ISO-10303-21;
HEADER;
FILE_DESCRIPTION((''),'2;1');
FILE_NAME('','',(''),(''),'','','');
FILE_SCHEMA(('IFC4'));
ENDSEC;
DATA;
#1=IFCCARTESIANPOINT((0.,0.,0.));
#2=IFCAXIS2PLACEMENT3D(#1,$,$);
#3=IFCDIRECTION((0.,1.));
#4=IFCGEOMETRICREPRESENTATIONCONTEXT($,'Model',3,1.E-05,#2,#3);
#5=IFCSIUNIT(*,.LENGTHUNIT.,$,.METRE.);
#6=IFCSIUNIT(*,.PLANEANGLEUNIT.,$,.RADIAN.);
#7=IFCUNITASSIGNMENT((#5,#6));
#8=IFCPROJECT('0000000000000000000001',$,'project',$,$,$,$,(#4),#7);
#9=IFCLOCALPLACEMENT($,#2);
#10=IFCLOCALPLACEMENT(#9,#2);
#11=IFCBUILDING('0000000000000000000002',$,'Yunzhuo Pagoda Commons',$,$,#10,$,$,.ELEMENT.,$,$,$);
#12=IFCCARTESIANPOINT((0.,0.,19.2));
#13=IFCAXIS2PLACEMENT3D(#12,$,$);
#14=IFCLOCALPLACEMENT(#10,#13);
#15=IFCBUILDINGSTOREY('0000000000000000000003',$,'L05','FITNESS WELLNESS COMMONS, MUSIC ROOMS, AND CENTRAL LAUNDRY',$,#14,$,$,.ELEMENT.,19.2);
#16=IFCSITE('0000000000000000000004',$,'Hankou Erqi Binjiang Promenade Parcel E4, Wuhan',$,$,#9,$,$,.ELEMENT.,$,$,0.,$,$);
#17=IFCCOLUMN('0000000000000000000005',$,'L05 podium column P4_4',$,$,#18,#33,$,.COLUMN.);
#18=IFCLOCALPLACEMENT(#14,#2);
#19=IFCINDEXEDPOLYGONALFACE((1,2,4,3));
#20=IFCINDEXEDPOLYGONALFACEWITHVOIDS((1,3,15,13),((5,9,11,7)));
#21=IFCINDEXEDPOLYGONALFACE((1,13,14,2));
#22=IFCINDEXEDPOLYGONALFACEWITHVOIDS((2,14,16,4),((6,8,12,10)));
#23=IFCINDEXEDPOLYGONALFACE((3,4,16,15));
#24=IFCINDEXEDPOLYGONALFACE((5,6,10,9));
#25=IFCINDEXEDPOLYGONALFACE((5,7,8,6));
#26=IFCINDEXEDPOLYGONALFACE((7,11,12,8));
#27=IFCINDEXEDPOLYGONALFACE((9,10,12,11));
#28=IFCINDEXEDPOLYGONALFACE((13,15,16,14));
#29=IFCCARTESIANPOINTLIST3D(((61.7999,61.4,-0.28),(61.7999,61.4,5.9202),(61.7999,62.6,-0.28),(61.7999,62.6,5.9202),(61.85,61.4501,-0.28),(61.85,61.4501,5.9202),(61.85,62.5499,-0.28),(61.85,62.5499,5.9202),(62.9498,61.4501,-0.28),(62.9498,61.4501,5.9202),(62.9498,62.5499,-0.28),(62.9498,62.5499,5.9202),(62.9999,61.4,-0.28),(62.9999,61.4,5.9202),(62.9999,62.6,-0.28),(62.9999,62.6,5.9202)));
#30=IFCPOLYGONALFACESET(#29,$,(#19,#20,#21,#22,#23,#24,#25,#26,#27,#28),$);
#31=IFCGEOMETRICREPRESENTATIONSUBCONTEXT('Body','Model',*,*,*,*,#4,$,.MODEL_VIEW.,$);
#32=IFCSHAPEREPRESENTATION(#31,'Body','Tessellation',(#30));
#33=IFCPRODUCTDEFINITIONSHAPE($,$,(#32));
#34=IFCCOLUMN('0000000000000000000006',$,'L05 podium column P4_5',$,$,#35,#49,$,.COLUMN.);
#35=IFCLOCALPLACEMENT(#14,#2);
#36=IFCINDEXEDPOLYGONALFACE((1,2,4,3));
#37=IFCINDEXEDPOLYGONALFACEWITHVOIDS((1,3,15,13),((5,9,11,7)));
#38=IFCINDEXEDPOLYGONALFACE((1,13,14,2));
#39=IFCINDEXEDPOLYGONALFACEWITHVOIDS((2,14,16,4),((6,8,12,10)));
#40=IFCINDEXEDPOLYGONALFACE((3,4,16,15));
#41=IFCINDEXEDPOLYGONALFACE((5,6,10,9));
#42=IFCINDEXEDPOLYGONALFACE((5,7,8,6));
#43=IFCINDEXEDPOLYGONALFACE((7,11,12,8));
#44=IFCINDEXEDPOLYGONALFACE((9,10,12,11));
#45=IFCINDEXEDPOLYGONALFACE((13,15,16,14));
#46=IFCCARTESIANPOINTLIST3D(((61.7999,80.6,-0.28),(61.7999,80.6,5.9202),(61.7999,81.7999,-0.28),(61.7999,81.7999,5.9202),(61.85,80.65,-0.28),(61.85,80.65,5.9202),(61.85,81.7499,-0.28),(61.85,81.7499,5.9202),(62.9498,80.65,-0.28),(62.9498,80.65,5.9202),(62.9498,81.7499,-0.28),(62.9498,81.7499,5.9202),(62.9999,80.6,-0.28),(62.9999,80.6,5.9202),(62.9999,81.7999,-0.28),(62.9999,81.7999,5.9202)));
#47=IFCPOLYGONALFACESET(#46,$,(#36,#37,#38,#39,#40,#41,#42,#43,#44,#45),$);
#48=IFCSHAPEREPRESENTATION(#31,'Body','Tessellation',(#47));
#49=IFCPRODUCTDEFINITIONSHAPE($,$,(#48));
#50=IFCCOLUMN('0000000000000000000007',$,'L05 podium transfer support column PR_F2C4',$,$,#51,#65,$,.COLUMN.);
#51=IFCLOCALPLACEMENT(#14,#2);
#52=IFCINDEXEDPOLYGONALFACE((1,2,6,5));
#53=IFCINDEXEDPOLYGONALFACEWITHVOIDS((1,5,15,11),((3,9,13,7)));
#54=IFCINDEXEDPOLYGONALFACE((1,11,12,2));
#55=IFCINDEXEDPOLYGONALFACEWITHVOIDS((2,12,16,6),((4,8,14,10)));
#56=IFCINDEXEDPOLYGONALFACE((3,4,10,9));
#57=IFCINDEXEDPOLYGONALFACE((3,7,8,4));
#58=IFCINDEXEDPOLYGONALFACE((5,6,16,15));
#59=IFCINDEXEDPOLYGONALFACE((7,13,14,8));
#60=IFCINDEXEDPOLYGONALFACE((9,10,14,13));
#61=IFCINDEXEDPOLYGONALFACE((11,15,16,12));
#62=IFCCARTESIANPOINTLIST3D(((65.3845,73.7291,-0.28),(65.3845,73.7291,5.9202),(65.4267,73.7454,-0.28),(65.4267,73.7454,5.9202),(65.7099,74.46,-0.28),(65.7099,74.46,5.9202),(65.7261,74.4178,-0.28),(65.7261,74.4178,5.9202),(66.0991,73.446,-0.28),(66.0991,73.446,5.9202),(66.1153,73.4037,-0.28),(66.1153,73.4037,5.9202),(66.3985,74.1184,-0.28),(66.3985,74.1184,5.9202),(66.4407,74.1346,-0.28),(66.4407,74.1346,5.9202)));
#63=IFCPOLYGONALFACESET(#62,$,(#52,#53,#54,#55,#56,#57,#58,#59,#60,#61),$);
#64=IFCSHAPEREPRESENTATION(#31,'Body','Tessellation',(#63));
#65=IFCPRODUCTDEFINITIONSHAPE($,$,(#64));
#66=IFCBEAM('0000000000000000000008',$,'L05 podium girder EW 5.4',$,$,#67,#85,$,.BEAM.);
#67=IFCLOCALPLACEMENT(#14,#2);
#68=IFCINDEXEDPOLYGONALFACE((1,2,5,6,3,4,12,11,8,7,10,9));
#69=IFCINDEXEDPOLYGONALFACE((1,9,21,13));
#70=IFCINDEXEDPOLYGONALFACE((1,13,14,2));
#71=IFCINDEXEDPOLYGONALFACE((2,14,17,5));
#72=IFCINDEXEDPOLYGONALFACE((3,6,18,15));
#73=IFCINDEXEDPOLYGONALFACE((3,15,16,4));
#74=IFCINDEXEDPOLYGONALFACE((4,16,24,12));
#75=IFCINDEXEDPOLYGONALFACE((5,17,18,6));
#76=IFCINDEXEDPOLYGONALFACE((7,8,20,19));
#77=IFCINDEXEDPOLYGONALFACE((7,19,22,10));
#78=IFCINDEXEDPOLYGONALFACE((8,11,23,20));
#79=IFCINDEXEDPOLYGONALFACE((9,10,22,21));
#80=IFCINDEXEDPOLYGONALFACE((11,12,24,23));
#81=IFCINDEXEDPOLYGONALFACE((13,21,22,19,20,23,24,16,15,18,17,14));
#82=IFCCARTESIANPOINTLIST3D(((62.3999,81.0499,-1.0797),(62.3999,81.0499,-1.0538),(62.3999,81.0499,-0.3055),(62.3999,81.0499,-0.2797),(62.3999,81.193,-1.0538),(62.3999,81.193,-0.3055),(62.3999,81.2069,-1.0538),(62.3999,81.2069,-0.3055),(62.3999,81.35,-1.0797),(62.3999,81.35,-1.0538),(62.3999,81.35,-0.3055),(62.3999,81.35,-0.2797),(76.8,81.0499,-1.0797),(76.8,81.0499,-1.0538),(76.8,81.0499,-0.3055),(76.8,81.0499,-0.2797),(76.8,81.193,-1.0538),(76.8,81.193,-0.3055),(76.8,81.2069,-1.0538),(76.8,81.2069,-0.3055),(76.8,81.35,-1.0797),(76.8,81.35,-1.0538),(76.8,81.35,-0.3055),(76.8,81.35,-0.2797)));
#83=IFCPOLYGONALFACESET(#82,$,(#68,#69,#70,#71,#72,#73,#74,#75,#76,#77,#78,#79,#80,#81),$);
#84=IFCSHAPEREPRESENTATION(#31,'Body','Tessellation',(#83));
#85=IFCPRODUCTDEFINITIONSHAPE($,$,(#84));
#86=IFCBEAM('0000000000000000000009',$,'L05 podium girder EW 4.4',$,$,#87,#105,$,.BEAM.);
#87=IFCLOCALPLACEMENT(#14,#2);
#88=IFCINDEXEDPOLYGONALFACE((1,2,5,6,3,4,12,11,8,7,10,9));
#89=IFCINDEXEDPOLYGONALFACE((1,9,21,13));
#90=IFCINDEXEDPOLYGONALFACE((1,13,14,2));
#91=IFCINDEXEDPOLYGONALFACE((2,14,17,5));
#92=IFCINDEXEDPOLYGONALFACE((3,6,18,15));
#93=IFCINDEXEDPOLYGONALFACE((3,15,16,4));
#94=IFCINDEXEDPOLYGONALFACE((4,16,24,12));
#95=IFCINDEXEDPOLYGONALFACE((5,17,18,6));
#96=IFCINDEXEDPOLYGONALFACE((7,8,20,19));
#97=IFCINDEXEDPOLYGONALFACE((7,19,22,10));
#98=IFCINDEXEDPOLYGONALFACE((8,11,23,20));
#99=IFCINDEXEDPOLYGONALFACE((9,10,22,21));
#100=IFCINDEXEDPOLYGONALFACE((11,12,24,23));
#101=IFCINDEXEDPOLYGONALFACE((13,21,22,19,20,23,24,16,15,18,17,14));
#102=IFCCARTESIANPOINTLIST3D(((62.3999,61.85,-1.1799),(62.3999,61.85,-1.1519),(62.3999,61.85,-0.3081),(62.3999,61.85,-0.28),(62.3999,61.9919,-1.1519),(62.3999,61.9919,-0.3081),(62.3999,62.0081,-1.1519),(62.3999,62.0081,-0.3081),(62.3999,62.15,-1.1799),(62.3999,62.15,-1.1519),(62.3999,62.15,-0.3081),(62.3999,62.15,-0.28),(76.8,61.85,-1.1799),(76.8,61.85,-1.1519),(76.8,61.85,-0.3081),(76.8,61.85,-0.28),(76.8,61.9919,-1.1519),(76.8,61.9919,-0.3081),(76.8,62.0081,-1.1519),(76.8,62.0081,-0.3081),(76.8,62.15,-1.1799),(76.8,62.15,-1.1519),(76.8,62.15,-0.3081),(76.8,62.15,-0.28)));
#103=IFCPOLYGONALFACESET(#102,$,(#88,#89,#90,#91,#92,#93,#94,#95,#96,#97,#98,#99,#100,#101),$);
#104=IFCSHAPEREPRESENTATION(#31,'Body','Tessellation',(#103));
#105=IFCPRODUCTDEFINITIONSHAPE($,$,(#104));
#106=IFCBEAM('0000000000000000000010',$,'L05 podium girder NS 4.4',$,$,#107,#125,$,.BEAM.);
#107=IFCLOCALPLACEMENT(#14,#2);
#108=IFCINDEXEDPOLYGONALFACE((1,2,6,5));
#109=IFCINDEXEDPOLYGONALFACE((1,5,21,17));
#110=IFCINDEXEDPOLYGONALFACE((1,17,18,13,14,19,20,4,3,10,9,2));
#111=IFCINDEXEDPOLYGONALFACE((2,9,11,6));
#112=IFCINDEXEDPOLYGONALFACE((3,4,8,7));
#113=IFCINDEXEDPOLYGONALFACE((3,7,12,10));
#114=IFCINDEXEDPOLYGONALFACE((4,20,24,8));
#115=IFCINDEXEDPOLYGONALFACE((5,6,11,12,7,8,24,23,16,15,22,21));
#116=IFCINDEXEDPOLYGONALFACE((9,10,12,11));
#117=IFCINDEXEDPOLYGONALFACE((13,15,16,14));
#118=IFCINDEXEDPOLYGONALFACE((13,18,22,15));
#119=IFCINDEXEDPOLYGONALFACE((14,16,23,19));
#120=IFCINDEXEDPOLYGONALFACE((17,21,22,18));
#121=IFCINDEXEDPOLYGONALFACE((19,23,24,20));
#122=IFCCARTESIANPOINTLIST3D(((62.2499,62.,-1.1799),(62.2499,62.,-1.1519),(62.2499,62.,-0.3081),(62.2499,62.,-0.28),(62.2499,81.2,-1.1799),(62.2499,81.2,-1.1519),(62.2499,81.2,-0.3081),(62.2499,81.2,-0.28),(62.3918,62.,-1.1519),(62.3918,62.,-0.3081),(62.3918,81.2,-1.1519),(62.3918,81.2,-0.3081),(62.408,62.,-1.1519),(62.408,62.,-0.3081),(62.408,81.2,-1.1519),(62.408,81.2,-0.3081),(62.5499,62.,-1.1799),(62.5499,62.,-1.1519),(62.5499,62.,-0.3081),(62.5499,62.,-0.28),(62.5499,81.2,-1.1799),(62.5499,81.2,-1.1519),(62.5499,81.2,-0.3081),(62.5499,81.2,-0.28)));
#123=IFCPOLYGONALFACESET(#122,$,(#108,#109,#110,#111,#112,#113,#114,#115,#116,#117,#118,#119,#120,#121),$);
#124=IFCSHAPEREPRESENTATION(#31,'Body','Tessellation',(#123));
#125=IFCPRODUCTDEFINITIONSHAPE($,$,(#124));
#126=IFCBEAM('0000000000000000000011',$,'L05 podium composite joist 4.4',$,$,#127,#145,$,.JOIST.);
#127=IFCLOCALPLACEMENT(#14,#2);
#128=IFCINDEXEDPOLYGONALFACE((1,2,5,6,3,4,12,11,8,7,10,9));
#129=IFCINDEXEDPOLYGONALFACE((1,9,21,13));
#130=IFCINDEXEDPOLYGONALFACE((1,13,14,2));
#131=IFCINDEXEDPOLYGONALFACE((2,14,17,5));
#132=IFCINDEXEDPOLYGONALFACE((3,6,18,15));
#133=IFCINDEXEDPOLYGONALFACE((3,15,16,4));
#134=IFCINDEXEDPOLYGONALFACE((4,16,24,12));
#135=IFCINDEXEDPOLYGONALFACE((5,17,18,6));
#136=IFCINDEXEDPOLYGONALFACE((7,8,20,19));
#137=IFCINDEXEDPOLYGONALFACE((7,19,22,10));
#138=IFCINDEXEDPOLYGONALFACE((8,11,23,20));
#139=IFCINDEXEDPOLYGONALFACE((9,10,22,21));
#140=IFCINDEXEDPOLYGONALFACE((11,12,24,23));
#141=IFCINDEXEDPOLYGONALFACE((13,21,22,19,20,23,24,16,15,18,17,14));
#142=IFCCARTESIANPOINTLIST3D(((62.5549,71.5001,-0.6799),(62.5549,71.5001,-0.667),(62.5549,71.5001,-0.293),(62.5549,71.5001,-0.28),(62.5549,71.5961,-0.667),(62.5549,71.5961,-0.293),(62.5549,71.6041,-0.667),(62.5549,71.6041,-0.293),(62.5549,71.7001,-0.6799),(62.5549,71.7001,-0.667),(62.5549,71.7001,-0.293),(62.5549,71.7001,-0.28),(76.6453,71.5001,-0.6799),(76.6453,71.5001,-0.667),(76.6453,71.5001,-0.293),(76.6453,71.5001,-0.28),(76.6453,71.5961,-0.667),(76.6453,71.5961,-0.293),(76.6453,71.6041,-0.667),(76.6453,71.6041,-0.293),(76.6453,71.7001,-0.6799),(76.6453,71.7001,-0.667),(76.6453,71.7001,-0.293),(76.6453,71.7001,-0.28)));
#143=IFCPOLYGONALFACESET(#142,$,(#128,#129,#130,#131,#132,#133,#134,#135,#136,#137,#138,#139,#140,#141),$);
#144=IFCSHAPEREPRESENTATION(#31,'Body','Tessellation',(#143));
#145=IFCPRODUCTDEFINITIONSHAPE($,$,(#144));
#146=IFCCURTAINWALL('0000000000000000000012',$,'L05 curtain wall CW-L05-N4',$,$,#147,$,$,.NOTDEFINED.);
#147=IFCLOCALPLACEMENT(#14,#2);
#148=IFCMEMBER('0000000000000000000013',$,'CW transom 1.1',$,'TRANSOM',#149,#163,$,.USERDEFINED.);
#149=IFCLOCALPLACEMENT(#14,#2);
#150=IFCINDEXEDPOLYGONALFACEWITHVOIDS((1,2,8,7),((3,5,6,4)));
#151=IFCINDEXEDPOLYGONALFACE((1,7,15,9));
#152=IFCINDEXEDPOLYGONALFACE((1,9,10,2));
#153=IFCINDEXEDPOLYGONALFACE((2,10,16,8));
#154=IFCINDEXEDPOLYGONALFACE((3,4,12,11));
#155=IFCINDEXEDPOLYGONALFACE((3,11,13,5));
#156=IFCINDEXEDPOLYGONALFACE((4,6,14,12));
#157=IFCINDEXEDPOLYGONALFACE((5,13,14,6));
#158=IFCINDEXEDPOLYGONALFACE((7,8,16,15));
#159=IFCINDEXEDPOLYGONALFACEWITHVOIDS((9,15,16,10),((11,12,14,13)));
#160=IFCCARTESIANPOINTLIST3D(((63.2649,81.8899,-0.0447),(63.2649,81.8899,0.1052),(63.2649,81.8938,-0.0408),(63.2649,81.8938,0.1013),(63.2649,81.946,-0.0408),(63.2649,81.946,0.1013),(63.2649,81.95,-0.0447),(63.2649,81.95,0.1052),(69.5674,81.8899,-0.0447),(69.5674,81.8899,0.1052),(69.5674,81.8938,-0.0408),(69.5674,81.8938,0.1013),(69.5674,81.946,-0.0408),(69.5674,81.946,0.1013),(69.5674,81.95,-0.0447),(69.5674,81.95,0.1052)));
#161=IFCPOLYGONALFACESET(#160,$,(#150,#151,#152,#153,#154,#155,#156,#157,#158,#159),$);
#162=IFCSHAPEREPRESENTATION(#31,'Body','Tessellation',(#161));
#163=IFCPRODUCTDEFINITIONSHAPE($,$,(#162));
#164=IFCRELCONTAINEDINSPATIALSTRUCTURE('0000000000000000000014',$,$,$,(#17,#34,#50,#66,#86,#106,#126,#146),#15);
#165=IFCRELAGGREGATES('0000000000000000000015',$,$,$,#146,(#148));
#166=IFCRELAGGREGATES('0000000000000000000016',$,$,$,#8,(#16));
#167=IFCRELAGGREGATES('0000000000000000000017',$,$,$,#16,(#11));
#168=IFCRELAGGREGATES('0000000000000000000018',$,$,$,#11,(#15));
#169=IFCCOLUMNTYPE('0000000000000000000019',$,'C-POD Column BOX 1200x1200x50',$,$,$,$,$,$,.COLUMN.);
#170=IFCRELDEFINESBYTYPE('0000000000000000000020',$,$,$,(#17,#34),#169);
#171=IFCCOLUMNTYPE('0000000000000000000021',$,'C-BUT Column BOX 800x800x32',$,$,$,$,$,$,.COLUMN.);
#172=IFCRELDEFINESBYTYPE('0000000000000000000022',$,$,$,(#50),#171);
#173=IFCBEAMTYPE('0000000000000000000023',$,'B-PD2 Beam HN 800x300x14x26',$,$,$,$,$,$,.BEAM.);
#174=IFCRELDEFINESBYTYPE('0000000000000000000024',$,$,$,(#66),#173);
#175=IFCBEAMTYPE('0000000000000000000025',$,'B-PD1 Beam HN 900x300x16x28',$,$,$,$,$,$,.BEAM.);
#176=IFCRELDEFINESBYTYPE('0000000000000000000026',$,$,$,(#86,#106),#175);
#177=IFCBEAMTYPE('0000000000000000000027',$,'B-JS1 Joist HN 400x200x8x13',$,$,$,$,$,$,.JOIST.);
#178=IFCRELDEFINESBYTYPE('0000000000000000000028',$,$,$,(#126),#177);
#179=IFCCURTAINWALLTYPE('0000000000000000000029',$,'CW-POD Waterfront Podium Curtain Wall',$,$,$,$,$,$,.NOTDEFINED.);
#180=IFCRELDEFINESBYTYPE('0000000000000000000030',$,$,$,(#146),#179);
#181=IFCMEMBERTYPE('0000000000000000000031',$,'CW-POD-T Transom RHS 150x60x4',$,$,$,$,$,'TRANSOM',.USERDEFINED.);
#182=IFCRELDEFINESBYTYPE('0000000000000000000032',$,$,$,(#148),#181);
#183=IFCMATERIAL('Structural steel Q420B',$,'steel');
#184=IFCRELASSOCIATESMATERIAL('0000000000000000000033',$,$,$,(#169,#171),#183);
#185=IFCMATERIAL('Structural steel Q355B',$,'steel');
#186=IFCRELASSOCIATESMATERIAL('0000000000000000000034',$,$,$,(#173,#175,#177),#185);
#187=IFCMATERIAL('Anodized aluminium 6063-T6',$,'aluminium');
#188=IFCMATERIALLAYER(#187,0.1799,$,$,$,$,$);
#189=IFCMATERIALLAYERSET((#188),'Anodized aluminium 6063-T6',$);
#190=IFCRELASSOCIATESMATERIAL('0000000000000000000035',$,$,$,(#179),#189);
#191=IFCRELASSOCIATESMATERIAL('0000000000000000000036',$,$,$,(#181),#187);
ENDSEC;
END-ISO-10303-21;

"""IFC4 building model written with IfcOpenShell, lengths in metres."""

from ifc_helpers import new_model, si_unit, direction, frame, origin, origin_2d, place, context, subcontext, project, spatial, hollow_rectangle, i_section, extrude, source, transform, mapped, material, layer, layer_set, material_profile, profile_set, type_object, element, aggregate, save


model = new_model("IFC4")

# Units and contexts
model_context = context("Model", 3, precision=1e-05, world=origin(), true_north=direction((0.0, 1.0)))
body_context = subcontext(model_context, "Body", "Model", "MODEL_VIEW")
ifc_project = project(units=[si_unit("LENGTHUNIT", "METRE"), si_unit("PLANEANGLEUNIT", "RADIAN")], contexts=[model_context])

# Site, building, storey
site_placement = place(None, origin())
site = spatial("IfcSite", under=ifc_project, at=site_placement, Name="Hankou Erqi Binjiang Promenade Parcel E4, Wuhan", CompositionType="ELEMENT", RefElevation=0.0)
building_placement = place(site_placement, origin())
building = spatial("IfcBuilding", under=site, at=building_placement, Name="Yunzhuo Pagoda Commons", CompositionType="ELEMENT")
storey_placement = place(building_placement, frame((0.0, 0.0, 19.2)))
storey = spatial("IfcBuildingStorey", under=building, at=storey_placement, Name="L05", Description="FITNESS WELLNESS COMMONS, MUSIC ROOMS, AND CENTRAL LAUNDRY", CompositionType="ELEMENT", Elevation=19.2)

# Columns
ifc_material_1 = material(Name="Structural steel Q420B", Category="steel")
ifc_material_profile_1 = material_profile(ifc_material_1, hollow_rectangle(XDim=1.2, YDim=1.2, WallThickness=0.05, at=origin_2d()), Name="Structural steel Q420B")
ifc_profile_set_1 = profile_set([ifc_material_profile_1], Name="Structural steel Q420B")
column_type_1 = type_object("IfcColumnType", Name="C-POD Column BOX 1200x1200x50", PredefinedType="COLUMN", material=ifc_profile_set_1)
shared_shape_1 = source(origin(), body_context, "Body", "SweptSolid", [
    extrude(hollow_rectangle(XDim=1.2, YDim=1.2, WallThickness=0.05, at=origin_2d()), origin(), (0.0, 0.0, 1.0), 6.2002),
])
for number, where, z_axis, x_axis, name in (
    (1, (62.3999, 62.0, -0.28), (0.0, 0.0, 1.0), (1.0, 0.0, 0.0), "L05 podium column P4_4"),
    (2, (62.3999, 81.2, -0.28), (0.0, 0.0, 1.0), (1.0, 0.0, 0.0), "L05 podium column P4_5"),
):
    element("IfcColumn", number, at=place(storey_placement, frame(where, z_axis=z_axis, x_axis=x_axis)), inside=storey, type_object=column_type_1, Name=name, PredefinedType="COLUMN", context=body_context, shape_type="MappedRepresentation", body=[
        mapped(shared_shape_1, transform((0.0, 0.0, 0.0), scale=1.0)),
    ])
ifc_material_profile_2 = material_profile(ifc_material_1, hollow_rectangle(XDim=0.8, YDim=0.8, WallThickness=0.032, at=origin_2d()), Name="Structural steel Q420B")
ifc_profile_set_2 = profile_set([ifc_material_profile_2], Name="Structural steel Q420B")
column_type_2 = type_object("IfcColumnType", Name="C-BUT Column BOX 800x800x32", PredefinedType="COLUMN", material=ifc_profile_set_2)
shared_shape_2 = source(origin(), body_context, "Body", "SweptSolid", [
    extrude(hollow_rectangle(XDim=0.8, YDim=0.8, WallThickness=0.032, at=origin_2d()), origin(), (0.0, 0.0, 1.0), 6.2002),
])
column_placement = place(storey_placement, frame((65.9126, 73.9319, -0.28), z_axis=(0.0, 0.0, 1.0), x_axis=(-0.913545, 0.406737, 0.0)))
element("IfcColumn", 3, at=column_placement, inside=storey, type_object=column_type_2, Name="L05 podium transfer support column PR_F2C4", PredefinedType="COLUMN", context=body_context, shape_type="MappedRepresentation", body=[
    mapped(shared_shape_2, transform((0.0, 0.0, 0.0), scale=1.0)),
])

# Beams
ifc_material_2 = material(Name="Structural steel Q355B", Category="steel")
ifc_material_profile_3 = material_profile(ifc_material_2, i_section(OverallWidth=0.3, OverallDepth=0.8, WebThickness=0.0139, FlangeThickness=0.0259, at=origin_2d()), Name="Structural steel Q355B")
ifc_profile_set_3 = profile_set([ifc_material_profile_3], Name="Structural steel Q355B")
beam_type_1 = type_object("IfcBeamType", Name="B-PD2 Beam HN 800x300x14x26", PredefinedType="BEAM", material=ifc_profile_set_3)
shared_shape_3 = source(origin(), body_context, "Body", "SweptSolid", [
    extrude(i_section(OverallWidth=0.3, OverallDepth=0.8, WebThickness=0.0139, FlangeThickness=0.0259, at=origin_2d()), origin(), (0.0, 0.0, 1.0), 14.4001),
])
beam_1_placement = place(storey_placement, frame((62.3999, 81.2, -0.6797), z_axis=(1.0, 0.0, 0.0), x_axis=(0.0, 1.0, 0.0)))
element("IfcBeam", 4, at=beam_1_placement, inside=storey, type_object=beam_type_1, Name="L05 podium girder EW 5.4", PredefinedType="BEAM", context=body_context, shape_type="MappedRepresentation", body=[
    mapped(shared_shape_3, transform((0.0, 0.0, 0.0), scale=1.0)),
])
ifc_material_profile_4 = material_profile(ifc_material_2, i_section(OverallWidth=0.3, OverallDepth=0.8999, WebThickness=0.0161, FlangeThickness=0.0281, at=origin_2d()), Name="Structural steel Q355B")
ifc_profile_set_4 = profile_set([ifc_material_profile_4], Name="Structural steel Q355B")
beam_type_2 = type_object("IfcBeamType", Name="B-PD1 Beam HN 900x300x16x28", PredefinedType="BEAM", material=ifc_profile_set_4)
shared_shape_4 = source(origin(), body_context, "Body", "SweptSolid", [
    extrude(i_section(OverallWidth=0.3, OverallDepth=0.8999, WebThickness=0.0161, FlangeThickness=0.0281, at=origin_2d()), origin(), (0.0, 0.0, 1.0), 14.4001),
])
beam_2_placement = place(storey_placement, frame((62.3999, 62.0, -0.73), z_axis=(1.0, 0.0, 0.0), x_axis=(0.0, 1.0, 0.0)))
element("IfcBeam", 5, at=beam_2_placement, inside=storey, type_object=beam_type_2, Name="L05 podium girder EW 4.4", PredefinedType="BEAM", context=body_context, shape_type="MappedRepresentation", body=[
    mapped(shared_shape_4, transform((0.0, 0.0, 0.0), scale=1.0)),
])
shared_shape_5 = source(origin(), body_context, "Body", "SweptSolid", [
    extrude(i_section(OverallWidth=0.3, OverallDepth=0.8999, WebThickness=0.0161, FlangeThickness=0.0281, at=origin_2d()), origin(), (0.0, 0.0, 1.0), 19.2),
])
beam_3_placement = place(storey_placement, frame((62.3999, 62.0, -0.73), z_axis=(0.0, 1.0, 0.0), x_axis=(-1.0, 0.0, 0.0)))
element("IfcBeam", 6, at=beam_3_placement, inside=storey, type_object=beam_type_2, Name="L05 podium girder NS 4.4", PredefinedType="BEAM", context=body_context, shape_type="MappedRepresentation", body=[
    mapped(shared_shape_5, transform((0.0, 0.0, 0.0), scale=1.0)),
])
ifc_material_profile_5 = material_profile(ifc_material_2, i_section(OverallWidth=0.2, OverallDepth=0.3999, WebThickness=0.0081, FlangeThickness=0.0129, at=origin_2d()), Name="Structural steel Q355B")
ifc_profile_set_5 = profile_set([ifc_material_profile_5], Name="Structural steel Q355B")
beam_type_3 = type_object("IfcBeamType", Name="B-JS1 Joist HN 400x200x8x13", PredefinedType="JOIST", material=ifc_profile_set_5)
shared_shape_6 = source(origin(), body_context, "Body", "SweptSolid", [
    extrude(i_section(OverallWidth=0.2, OverallDepth=0.3999, WebThickness=0.0081, FlangeThickness=0.0129, at=origin_2d()), origin(), (0.0, 0.0, 1.0), 14.0903),
])
beam_4_placement = place(storey_placement, frame((62.5549, 71.6001, -0.48), z_axis=(1.0, 0.0, 0.0), x_axis=(0.0, 1.0, 0.0)))
element("IfcBeam", 7, at=beam_4_placement, inside=storey, type_object=beam_type_3, Name="L05 podium composite joist 4.4", PredefinedType="JOIST", context=body_context, shape_type="MappedRepresentation", body=[
    mapped(shared_shape_6, transform((0.0, 0.0, 0.0), scale=1.0)),
])

# Curtain wall, member
ifc_material_3 = material(Name="Anodized aluminium 6063-T6", Category="aluminium")
ifc_layer_1 = layer(ifc_material_3, 0.1799)
ifc_layer_set_1 = layer_set([ifc_layer_1], Name="Anodized aluminium 6063-T6")
curtain_wall_type = type_object("IfcCurtainWallType", Name="CW-POD Waterfront Podium Curtain Wall", PredefinedType="NOTDEFINED", material=ifc_layer_set_1)
curtain_wall_1_placement = place(storey_placement, origin())
curtain_wall_1 = element("IfcCurtainWall", 8, at=curtain_wall_1_placement, inside=storey, type_object=curtain_wall_type, Name="L05 curtain wall CW-L05-N4", PredefinedType="NOTDEFINED")
ifc_material_profile_6 = material_profile(ifc_material_3, hollow_rectangle(XDim=0.0601, YDim=0.1499, WallThickness=0.0039, at=origin_2d()), Name="Anodized aluminium 6063-T6")
ifc_profile_set_6 = profile_set([ifc_material_profile_6], Name="Anodized aluminium 6063-T6")
member_type_1 = type_object("IfcMemberType", Name="CW-POD-T Transom RHS 150x60x4", ElementType="TRANSOM", PredefinedType="USERDEFINED", material=ifc_profile_set_6)
shared_shape_7 = source(origin(), body_context, "Body", "SweptSolid", [
    extrude(hollow_rectangle(XDim=0.0601, YDim=0.1499, WallThickness=0.0039, at=origin_2d()), origin(), (0.0, 0.0, 1.0), 6.3025),
])
member_1_placement = place(storey_placement, frame((63.2649, 81.9199, 0.0303), z_axis=(1.0, 0.0, 0.0), x_axis=(0.0, 1.0, 0.0)))
member_1 = element("IfcMember", 9, at=member_1_placement, type_object=member_type_1, Name="CW transom 1.1", ObjectType="TRANSOM", PredefinedType="USERDEFINED", context=body_context, shape_type="MappedRepresentation", body=[
    mapped(shared_shape_7, transform((0.0, 0.0, 0.0), scale=1.0)),
])

aggregate(curtain_wall_1, [member_1])

save(model, "model.ifc")
